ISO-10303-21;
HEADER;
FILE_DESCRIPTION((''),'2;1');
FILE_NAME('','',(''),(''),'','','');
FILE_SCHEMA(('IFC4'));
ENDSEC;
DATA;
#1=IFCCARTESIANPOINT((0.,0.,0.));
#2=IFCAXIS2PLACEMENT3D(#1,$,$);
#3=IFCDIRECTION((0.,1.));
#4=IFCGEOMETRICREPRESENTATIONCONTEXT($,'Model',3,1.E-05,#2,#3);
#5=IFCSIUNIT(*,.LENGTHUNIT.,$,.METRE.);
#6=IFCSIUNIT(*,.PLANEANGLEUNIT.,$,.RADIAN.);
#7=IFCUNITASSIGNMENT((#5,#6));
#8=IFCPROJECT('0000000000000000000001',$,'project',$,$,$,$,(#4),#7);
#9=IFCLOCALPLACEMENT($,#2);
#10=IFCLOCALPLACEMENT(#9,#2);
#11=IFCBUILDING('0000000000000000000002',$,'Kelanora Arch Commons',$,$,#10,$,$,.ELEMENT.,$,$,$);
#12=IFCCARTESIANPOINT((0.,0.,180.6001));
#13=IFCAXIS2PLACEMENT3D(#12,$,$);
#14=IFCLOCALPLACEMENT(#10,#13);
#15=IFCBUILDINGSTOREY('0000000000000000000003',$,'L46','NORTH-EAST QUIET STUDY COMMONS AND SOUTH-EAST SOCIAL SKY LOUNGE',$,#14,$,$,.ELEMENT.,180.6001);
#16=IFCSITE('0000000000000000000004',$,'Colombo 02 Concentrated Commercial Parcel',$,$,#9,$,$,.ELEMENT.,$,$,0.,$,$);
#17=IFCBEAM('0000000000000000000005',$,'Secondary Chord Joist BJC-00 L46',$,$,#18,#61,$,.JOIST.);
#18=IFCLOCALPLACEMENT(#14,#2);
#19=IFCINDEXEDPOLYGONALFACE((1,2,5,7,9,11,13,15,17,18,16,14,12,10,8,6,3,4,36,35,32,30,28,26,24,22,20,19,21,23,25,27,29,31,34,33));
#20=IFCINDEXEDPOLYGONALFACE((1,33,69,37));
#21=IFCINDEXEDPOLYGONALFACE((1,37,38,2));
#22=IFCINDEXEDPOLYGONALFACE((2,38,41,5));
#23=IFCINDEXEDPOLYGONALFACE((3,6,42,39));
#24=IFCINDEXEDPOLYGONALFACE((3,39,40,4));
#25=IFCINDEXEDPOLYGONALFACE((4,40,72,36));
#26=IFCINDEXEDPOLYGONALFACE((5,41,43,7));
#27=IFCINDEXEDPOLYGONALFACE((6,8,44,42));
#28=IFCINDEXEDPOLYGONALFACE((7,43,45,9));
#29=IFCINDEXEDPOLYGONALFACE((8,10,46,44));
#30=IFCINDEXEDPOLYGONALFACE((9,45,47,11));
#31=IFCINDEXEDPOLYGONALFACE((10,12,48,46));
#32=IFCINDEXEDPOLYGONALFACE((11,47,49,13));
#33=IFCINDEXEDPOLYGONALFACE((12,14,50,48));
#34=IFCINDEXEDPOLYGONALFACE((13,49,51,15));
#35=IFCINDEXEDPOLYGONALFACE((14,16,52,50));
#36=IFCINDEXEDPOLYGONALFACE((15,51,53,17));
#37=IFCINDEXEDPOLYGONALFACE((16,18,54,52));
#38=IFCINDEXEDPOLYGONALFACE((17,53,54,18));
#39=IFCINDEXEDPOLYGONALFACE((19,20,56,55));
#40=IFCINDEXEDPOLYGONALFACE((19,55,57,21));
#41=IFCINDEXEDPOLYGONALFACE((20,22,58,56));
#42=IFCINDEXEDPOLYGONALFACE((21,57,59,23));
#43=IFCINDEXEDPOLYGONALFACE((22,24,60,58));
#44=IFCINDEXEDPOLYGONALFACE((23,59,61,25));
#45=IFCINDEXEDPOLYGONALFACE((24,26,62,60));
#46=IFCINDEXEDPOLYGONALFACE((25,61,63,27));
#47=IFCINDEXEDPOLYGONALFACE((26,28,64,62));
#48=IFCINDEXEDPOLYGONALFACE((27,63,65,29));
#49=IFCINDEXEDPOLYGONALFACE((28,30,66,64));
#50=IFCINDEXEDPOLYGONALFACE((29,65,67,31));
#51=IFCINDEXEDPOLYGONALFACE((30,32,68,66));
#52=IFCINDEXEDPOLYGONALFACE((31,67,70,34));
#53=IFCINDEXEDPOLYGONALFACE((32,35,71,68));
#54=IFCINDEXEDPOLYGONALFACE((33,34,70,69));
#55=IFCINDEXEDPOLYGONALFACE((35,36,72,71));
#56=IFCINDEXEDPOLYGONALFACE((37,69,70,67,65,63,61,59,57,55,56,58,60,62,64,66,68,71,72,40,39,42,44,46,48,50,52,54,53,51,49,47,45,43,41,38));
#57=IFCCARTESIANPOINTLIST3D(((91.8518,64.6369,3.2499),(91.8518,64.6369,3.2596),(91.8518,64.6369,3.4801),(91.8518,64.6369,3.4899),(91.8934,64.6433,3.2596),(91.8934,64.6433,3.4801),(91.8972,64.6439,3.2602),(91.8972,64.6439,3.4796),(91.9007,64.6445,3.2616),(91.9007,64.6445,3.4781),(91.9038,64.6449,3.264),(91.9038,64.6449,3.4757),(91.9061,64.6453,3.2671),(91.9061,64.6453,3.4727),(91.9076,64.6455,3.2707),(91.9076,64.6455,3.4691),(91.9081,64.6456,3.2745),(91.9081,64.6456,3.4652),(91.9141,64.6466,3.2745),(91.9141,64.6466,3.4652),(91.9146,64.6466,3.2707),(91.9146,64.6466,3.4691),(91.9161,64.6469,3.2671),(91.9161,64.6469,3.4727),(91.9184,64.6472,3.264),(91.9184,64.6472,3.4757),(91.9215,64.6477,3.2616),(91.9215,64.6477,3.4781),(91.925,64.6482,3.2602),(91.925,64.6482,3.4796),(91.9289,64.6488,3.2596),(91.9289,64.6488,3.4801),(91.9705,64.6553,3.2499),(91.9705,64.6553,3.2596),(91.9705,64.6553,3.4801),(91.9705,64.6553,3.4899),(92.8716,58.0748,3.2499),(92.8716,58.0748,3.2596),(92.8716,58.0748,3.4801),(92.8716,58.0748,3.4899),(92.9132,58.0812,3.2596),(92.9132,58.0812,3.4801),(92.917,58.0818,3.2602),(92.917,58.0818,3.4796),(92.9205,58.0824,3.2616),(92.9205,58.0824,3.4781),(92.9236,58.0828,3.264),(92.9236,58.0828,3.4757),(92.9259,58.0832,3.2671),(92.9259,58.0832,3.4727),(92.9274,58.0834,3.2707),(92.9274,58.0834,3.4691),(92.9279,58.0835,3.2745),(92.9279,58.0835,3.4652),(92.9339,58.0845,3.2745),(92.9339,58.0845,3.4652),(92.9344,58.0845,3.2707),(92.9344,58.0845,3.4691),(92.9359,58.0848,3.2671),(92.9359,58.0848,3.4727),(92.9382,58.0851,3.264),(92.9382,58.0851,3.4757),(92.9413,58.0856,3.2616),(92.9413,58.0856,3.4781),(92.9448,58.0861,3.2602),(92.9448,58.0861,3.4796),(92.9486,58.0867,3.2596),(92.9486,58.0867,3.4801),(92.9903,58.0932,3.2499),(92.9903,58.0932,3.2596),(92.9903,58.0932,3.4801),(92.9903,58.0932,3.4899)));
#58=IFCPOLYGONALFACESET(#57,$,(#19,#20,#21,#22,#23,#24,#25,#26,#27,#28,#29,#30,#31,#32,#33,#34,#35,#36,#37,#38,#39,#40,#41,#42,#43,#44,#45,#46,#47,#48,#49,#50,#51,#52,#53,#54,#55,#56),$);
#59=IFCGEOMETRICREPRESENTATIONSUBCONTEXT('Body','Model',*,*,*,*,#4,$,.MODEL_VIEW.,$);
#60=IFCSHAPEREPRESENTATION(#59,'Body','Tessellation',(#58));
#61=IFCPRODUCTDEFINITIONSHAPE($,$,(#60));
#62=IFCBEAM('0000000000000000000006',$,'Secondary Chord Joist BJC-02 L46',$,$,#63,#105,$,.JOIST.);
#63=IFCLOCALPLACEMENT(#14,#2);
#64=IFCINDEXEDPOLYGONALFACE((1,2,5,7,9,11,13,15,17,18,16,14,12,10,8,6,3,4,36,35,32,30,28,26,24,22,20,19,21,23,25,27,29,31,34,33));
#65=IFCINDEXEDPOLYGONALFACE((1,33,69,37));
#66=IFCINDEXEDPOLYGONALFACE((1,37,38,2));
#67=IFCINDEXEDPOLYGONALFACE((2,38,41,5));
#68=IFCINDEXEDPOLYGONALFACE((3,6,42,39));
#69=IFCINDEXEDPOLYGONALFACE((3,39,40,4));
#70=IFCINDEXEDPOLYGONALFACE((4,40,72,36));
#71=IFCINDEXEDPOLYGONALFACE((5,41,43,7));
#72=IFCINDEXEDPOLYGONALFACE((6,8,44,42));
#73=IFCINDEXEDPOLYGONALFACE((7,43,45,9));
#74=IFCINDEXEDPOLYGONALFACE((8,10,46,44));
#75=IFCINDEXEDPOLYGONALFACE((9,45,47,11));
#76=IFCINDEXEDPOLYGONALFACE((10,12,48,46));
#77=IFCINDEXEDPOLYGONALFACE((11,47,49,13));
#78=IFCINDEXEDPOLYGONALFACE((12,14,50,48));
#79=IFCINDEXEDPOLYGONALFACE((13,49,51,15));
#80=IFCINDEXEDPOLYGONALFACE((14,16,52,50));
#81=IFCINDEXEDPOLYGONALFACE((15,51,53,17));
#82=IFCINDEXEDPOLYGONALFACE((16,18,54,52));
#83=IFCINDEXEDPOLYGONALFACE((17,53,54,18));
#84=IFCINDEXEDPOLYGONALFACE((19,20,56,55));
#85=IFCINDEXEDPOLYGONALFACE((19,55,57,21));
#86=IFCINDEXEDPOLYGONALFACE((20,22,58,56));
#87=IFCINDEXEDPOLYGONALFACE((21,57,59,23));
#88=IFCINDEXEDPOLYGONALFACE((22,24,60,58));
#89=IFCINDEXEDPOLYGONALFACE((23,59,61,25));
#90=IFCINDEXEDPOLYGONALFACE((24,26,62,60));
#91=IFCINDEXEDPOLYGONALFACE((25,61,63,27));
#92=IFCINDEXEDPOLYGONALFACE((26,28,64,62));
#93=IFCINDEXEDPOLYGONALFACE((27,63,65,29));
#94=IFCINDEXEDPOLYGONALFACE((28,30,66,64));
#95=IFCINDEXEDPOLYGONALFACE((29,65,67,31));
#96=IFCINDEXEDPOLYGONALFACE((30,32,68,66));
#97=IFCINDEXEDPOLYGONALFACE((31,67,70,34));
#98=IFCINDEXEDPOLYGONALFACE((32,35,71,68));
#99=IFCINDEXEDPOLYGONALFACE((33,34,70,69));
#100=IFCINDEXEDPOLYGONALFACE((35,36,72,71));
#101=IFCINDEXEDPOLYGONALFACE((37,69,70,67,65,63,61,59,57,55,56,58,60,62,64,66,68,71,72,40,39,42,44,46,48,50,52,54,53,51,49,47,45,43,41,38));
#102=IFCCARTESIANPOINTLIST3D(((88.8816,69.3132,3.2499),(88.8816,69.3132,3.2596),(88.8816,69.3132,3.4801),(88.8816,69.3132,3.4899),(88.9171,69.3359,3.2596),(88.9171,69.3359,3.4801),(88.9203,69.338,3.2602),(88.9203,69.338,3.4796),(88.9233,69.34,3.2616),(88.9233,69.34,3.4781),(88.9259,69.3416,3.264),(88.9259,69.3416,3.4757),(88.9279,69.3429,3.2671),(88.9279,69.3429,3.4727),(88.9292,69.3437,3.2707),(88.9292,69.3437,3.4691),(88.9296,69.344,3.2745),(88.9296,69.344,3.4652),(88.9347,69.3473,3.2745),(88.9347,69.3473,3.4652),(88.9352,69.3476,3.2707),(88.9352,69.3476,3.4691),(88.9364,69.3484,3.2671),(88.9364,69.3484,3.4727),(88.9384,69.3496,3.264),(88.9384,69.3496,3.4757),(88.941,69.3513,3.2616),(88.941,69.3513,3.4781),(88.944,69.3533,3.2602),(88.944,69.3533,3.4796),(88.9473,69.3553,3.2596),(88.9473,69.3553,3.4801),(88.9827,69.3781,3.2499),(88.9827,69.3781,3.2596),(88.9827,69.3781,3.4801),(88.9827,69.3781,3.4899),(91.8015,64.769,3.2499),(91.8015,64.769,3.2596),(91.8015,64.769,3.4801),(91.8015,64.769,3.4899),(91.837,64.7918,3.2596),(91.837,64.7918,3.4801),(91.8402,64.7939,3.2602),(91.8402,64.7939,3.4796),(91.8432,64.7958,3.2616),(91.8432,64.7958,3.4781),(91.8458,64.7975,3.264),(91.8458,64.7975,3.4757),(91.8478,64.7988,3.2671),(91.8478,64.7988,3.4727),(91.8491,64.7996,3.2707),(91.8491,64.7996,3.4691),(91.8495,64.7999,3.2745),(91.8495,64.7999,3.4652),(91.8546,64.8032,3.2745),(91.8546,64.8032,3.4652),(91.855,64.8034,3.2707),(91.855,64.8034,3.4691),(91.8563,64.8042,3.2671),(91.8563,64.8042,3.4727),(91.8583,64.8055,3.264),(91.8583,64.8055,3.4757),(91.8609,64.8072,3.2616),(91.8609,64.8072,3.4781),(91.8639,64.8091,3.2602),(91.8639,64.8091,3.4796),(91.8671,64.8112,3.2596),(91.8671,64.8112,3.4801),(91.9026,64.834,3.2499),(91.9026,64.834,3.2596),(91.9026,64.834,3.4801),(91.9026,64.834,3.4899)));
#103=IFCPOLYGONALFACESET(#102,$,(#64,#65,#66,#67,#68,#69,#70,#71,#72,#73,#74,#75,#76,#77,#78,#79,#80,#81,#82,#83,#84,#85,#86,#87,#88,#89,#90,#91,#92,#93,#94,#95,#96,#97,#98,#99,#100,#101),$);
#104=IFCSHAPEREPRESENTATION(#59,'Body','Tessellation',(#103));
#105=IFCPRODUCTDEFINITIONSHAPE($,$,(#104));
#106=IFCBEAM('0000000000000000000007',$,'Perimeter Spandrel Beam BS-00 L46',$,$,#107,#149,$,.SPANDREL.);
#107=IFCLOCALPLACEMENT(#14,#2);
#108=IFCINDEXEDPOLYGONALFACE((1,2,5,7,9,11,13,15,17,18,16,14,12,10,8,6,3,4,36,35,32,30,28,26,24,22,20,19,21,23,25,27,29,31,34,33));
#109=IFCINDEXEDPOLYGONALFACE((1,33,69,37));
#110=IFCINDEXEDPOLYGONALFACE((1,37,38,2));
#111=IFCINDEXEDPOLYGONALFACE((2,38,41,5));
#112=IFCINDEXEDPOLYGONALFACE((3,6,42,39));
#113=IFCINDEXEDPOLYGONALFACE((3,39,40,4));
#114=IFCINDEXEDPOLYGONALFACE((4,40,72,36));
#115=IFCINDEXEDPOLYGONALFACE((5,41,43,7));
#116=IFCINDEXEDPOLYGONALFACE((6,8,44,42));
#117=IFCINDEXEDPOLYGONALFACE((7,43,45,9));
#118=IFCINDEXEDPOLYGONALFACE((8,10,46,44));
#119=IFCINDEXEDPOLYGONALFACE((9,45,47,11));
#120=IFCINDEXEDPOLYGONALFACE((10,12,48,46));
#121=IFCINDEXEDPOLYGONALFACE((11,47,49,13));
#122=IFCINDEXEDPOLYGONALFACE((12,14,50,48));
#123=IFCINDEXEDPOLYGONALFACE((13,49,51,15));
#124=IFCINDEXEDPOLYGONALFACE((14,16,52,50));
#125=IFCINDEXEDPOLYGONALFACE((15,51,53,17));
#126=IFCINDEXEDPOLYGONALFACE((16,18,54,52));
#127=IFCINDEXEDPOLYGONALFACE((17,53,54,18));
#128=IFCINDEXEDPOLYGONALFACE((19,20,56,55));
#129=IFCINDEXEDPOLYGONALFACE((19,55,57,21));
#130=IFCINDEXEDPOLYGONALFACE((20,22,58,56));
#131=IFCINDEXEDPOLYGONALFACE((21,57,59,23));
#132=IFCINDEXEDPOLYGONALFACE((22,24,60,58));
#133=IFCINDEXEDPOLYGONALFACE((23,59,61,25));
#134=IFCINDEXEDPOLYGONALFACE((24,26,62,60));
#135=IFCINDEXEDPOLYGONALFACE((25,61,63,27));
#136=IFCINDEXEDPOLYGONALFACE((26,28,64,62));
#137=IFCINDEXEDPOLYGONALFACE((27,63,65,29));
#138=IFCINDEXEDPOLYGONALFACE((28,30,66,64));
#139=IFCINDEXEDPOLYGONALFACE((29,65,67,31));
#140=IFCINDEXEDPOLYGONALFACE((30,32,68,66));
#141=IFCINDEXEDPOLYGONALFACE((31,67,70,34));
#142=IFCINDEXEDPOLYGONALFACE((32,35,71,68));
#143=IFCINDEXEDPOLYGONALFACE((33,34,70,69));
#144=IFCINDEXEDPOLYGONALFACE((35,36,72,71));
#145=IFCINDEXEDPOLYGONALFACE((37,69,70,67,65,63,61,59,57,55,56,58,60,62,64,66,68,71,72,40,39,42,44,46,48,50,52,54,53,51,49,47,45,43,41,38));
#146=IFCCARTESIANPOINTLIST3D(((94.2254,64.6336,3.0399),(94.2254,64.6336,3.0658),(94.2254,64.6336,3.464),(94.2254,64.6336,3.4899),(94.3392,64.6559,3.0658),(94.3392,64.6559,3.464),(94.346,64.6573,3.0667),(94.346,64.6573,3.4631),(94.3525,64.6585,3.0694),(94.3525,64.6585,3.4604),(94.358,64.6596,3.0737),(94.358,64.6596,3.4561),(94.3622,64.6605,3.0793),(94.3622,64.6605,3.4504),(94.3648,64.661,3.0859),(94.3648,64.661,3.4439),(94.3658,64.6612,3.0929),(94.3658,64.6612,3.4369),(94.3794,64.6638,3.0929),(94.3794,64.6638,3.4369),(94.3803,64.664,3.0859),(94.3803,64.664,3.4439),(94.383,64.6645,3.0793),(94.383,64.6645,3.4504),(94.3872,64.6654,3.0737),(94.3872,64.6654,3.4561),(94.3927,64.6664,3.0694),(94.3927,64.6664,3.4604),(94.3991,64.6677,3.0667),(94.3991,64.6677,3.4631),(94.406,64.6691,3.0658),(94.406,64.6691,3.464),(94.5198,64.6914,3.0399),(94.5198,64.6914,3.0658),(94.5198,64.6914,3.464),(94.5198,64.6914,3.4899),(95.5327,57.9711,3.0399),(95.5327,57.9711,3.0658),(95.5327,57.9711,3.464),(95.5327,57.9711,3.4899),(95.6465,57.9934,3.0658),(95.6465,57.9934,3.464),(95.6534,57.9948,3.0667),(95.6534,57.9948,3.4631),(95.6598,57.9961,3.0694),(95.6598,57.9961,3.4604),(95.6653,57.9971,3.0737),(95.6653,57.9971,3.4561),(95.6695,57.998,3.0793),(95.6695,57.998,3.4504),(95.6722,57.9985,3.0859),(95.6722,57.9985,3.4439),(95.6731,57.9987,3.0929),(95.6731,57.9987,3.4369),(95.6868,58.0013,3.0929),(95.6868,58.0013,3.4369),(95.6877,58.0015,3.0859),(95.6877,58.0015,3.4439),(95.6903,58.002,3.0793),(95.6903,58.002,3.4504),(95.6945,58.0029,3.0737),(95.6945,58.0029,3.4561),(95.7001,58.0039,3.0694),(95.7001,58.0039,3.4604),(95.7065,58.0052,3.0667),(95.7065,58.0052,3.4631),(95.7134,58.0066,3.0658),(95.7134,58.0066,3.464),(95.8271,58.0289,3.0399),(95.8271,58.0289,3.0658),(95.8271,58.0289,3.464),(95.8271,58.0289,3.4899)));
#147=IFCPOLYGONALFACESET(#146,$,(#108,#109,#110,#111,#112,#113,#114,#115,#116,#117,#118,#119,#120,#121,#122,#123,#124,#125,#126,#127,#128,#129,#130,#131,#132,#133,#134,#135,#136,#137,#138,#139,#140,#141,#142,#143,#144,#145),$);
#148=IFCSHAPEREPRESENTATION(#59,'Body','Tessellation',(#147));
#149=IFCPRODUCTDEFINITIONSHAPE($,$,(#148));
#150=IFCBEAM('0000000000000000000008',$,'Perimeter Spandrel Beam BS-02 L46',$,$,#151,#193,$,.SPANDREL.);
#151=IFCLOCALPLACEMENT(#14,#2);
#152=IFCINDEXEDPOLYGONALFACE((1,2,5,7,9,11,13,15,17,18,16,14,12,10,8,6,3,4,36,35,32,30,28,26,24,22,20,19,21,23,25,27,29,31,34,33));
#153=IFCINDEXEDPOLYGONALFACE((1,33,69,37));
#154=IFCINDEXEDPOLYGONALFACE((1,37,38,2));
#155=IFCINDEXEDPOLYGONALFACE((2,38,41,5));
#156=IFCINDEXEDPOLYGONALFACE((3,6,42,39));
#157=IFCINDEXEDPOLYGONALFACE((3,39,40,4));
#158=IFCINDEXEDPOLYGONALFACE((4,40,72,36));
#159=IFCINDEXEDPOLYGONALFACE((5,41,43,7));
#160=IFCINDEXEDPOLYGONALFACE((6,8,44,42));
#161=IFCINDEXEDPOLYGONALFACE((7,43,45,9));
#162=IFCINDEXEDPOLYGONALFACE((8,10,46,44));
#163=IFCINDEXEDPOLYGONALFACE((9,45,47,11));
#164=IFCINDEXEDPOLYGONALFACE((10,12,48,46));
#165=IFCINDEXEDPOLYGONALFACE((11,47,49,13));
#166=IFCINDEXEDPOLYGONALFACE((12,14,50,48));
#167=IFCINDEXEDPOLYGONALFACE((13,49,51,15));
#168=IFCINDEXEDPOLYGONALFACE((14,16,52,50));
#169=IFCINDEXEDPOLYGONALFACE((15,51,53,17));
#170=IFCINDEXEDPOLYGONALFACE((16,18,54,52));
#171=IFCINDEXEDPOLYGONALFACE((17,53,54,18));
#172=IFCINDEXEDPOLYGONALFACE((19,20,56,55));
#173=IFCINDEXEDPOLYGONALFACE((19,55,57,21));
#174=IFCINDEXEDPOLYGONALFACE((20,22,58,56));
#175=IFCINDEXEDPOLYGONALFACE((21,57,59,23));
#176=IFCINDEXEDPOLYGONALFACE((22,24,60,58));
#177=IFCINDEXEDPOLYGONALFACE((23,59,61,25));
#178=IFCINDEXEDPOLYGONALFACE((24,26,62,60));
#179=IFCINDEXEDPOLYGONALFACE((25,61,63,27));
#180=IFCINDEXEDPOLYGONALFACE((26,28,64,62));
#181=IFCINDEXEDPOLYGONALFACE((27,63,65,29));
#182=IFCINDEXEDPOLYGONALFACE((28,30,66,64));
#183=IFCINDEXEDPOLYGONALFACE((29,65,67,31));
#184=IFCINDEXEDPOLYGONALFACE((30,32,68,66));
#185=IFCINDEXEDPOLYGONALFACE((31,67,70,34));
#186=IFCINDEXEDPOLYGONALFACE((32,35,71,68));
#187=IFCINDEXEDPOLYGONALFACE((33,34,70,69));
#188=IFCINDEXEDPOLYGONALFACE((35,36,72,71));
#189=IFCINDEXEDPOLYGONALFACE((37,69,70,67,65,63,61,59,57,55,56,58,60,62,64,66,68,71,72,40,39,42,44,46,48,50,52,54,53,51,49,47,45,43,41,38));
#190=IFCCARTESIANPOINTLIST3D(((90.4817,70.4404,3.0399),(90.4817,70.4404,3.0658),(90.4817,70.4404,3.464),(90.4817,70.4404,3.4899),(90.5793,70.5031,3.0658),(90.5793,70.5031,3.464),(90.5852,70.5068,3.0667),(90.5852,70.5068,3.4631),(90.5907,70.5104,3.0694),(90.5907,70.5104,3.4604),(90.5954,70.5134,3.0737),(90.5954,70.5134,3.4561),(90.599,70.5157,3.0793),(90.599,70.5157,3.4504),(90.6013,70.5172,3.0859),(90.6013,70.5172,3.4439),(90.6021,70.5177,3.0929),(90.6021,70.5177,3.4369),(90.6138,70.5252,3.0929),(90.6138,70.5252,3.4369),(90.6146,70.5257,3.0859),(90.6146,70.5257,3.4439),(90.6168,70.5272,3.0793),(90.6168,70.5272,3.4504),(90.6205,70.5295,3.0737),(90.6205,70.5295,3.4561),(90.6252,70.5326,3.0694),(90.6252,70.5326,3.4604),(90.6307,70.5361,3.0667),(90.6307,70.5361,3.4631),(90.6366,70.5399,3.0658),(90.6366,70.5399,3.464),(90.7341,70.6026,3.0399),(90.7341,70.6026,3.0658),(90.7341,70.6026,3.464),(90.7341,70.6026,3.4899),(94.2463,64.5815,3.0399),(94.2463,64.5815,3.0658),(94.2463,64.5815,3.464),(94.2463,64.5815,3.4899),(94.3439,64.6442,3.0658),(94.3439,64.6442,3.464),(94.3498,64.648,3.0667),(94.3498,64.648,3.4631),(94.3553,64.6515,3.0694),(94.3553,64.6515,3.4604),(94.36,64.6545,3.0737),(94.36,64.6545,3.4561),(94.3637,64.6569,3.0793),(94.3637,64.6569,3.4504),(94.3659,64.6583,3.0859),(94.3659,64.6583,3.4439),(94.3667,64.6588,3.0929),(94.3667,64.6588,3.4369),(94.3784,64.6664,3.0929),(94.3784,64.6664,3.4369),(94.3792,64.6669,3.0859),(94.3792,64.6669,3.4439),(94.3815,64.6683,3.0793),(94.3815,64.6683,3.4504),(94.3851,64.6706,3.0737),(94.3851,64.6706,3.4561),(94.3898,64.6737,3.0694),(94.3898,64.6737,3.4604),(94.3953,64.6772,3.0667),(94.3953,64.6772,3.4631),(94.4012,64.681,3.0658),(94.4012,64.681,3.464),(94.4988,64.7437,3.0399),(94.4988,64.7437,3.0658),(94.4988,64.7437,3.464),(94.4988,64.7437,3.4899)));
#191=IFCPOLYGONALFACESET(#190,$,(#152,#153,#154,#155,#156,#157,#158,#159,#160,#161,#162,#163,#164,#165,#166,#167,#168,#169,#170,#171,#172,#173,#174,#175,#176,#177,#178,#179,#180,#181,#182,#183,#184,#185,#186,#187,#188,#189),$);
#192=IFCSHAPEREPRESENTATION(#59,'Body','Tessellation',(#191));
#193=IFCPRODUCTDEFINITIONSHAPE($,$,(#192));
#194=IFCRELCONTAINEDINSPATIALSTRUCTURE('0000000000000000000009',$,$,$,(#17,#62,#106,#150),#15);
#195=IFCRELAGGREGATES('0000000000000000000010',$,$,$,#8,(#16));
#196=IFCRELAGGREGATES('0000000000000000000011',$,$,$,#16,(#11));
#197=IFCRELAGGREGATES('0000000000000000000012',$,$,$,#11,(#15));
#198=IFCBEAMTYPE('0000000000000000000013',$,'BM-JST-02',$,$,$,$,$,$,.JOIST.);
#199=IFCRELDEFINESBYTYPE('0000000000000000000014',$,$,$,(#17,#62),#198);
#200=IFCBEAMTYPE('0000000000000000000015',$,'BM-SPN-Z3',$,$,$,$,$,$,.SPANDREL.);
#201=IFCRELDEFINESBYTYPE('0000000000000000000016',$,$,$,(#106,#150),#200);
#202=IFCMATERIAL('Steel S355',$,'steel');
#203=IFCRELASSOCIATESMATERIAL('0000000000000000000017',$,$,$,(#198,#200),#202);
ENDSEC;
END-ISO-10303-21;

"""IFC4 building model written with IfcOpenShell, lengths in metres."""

from ifc_helpers import new_model, si_unit, direction, frame, origin, origin_2d, place, context, subcontext, project, spatial, i_section, extrude, material, material_profile, profile_set, type_object, element, save


model = new_model("IFC4")

# Units and contexts
model_context = context("Model", 3, precision=1e-05, world=origin(), true_north=direction((0.0, 1.0)))
body_context = subcontext(model_context, "Body", "Model", "MODEL_VIEW")
ifc_project = project(units=[si_unit("LENGTHUNIT", "METRE"), si_unit("PLANEANGLEUNIT", "RADIAN")], contexts=[model_context])

# Site, building, storey
site_placement = place(None, origin())
site = spatial("IfcSite", under=ifc_project, at=site_placement, Name="Colombo 02 Concentrated Commercial Parcel", CompositionType="ELEMENT", RefElevation=0.0)
building_placement = place(site_placement, origin())
building = spatial("IfcBuilding", under=site, at=building_placement, Name="Kelanora Arch Commons", CompositionType="ELEMENT")
storey_placement = place(building_placement, frame((0.0, 0.0, 180.6001)))
storey = spatial("IfcBuildingStorey", under=building, at=storey_placement, Name="L46", Description="NORTH-EAST QUIET STUDY COMMONS AND SOUTH-EAST SOCIAL SKY LOUNGE", CompositionType="ELEMENT", Elevation=180.6001)

# Beams
ifc_material_1 = material(Name="Steel S355", Category="steel")
ifc_material_profile_1 = material_profile(ifc_material_1, i_section(OverallWidth=0.1201, OverallDepth=0.24, WebThickness=0.0061, FlangeThickness=0.0098, FilletRadius=0.0149, at=origin_2d()), Name="IPE240")
ifc_profile_set_1 = profile_set([ifc_material_profile_1], Name="Steel S355")
beam_type_1 = type_object("IfcBeamType", Name="BM-JST-02", PredefinedType="JOIST", material=ifc_profile_set_1)
beam_1_placement = place(storey_placement, frame((92.9309, 58.084, 3.3699), z_axis=(-0.153563, 0.988139, 0.0), x_axis=(-0.988139, -0.153563, 0.0)))
element("IfcBeam", 1, at=beam_1_placement, inside=storey, type_object=beam_type_1, Name="Secondary Chord Joist BJC-00 L46", PredefinedType="JOIST", context=body_context, shape_type="SweptSolid", body=[
    extrude(i_section(OverallWidth=0.1201, OverallDepth=0.24, WebThickness=0.0061, FlangeThickness=0.0098, FilletRadius=0.0149, at=origin_2d()), origin(), (0.0, 0.0, 1.0), 6.6409),
])
beam_2_placement = place(storey_placement, frame((91.8521, 64.8015, 3.3699), z_axis=(-0.540582, 0.841292, 0.0), x_axis=(-0.841292, -0.540582, 0.0)))
element("IfcBeam", 2, at=beam_2_placement, inside=storey, type_object=beam_type_1, Name="Secondary Chord Joist BJC-02 L46", PredefinedType="JOIST", context=body_context, shape_type="SweptSolid", body=[
    extrude(i_section(OverallWidth=0.1201, OverallDepth=0.24, WebThickness=0.0061, FlangeThickness=0.0098, FilletRadius=0.0149, at=origin_2d()), origin(), (0.0, 0.0, 1.0), 5.4014),
])
ifc_material_profile_2 = material_profile(ifc_material_1, i_section(OverallWidth=0.3, OverallDepth=0.45, WebThickness=0.0139, FlangeThickness=0.0259, FilletRadius=0.0271, at=origin_2d()), Name="HEB450")
ifc_profile_set_2 = profile_set([ifc_material_profile_2], Name="Steel S355")
beam_type_2 = type_object("IfcBeamType", Name="BM-SPN-Z3", PredefinedType="SPANDREL", material=ifc_profile_set_2)
beam_3_placement = place(storey_placement, frame((95.6799, 58.0, 3.2649), z_axis=(-0.192554, 0.981286, 0.0), x_axis=(-0.981286, -0.192554, 0.0)))
element("IfcBeam", 3, at=beam_3_placement, inside=storey, type_object=beam_type_2, Name="Perimeter Spandrel Beam BS-00 L46", PredefinedType="SPANDREL", context=body_context, shape_type="SweptSolid", body=[
    extrude(i_section(OverallWidth=0.3, OverallDepth=0.45, WebThickness=0.0139, FlangeThickness=0.0259, FilletRadius=0.0271, at=origin_2d()), origin(), (0.0, 0.0, 1.0), 6.7896),
])
beam_4_placement = place(storey_placement, frame((94.3726, 64.6626, 3.2649), z_axis=(-0.540577, 0.841295, 0.0), x_axis=(-0.841295, -0.540577, 0.0)))
element("IfcBeam", 4, at=beam_4_placement, inside=storey, type_object=beam_type_2, Name="Perimeter Spandrel Beam BS-02 L46", PredefinedType="SPANDREL", context=body_context, shape_type="SweptSolid", body=[
    extrude(i_section(OverallWidth=0.3, OverallDepth=0.45, WebThickness=0.0139, FlangeThickness=0.0259, FilletRadius=0.0271, at=origin_2d()), origin(), (0.0, 0.0, 1.0), 6.9641),
])

save(model, "model.ifc")
